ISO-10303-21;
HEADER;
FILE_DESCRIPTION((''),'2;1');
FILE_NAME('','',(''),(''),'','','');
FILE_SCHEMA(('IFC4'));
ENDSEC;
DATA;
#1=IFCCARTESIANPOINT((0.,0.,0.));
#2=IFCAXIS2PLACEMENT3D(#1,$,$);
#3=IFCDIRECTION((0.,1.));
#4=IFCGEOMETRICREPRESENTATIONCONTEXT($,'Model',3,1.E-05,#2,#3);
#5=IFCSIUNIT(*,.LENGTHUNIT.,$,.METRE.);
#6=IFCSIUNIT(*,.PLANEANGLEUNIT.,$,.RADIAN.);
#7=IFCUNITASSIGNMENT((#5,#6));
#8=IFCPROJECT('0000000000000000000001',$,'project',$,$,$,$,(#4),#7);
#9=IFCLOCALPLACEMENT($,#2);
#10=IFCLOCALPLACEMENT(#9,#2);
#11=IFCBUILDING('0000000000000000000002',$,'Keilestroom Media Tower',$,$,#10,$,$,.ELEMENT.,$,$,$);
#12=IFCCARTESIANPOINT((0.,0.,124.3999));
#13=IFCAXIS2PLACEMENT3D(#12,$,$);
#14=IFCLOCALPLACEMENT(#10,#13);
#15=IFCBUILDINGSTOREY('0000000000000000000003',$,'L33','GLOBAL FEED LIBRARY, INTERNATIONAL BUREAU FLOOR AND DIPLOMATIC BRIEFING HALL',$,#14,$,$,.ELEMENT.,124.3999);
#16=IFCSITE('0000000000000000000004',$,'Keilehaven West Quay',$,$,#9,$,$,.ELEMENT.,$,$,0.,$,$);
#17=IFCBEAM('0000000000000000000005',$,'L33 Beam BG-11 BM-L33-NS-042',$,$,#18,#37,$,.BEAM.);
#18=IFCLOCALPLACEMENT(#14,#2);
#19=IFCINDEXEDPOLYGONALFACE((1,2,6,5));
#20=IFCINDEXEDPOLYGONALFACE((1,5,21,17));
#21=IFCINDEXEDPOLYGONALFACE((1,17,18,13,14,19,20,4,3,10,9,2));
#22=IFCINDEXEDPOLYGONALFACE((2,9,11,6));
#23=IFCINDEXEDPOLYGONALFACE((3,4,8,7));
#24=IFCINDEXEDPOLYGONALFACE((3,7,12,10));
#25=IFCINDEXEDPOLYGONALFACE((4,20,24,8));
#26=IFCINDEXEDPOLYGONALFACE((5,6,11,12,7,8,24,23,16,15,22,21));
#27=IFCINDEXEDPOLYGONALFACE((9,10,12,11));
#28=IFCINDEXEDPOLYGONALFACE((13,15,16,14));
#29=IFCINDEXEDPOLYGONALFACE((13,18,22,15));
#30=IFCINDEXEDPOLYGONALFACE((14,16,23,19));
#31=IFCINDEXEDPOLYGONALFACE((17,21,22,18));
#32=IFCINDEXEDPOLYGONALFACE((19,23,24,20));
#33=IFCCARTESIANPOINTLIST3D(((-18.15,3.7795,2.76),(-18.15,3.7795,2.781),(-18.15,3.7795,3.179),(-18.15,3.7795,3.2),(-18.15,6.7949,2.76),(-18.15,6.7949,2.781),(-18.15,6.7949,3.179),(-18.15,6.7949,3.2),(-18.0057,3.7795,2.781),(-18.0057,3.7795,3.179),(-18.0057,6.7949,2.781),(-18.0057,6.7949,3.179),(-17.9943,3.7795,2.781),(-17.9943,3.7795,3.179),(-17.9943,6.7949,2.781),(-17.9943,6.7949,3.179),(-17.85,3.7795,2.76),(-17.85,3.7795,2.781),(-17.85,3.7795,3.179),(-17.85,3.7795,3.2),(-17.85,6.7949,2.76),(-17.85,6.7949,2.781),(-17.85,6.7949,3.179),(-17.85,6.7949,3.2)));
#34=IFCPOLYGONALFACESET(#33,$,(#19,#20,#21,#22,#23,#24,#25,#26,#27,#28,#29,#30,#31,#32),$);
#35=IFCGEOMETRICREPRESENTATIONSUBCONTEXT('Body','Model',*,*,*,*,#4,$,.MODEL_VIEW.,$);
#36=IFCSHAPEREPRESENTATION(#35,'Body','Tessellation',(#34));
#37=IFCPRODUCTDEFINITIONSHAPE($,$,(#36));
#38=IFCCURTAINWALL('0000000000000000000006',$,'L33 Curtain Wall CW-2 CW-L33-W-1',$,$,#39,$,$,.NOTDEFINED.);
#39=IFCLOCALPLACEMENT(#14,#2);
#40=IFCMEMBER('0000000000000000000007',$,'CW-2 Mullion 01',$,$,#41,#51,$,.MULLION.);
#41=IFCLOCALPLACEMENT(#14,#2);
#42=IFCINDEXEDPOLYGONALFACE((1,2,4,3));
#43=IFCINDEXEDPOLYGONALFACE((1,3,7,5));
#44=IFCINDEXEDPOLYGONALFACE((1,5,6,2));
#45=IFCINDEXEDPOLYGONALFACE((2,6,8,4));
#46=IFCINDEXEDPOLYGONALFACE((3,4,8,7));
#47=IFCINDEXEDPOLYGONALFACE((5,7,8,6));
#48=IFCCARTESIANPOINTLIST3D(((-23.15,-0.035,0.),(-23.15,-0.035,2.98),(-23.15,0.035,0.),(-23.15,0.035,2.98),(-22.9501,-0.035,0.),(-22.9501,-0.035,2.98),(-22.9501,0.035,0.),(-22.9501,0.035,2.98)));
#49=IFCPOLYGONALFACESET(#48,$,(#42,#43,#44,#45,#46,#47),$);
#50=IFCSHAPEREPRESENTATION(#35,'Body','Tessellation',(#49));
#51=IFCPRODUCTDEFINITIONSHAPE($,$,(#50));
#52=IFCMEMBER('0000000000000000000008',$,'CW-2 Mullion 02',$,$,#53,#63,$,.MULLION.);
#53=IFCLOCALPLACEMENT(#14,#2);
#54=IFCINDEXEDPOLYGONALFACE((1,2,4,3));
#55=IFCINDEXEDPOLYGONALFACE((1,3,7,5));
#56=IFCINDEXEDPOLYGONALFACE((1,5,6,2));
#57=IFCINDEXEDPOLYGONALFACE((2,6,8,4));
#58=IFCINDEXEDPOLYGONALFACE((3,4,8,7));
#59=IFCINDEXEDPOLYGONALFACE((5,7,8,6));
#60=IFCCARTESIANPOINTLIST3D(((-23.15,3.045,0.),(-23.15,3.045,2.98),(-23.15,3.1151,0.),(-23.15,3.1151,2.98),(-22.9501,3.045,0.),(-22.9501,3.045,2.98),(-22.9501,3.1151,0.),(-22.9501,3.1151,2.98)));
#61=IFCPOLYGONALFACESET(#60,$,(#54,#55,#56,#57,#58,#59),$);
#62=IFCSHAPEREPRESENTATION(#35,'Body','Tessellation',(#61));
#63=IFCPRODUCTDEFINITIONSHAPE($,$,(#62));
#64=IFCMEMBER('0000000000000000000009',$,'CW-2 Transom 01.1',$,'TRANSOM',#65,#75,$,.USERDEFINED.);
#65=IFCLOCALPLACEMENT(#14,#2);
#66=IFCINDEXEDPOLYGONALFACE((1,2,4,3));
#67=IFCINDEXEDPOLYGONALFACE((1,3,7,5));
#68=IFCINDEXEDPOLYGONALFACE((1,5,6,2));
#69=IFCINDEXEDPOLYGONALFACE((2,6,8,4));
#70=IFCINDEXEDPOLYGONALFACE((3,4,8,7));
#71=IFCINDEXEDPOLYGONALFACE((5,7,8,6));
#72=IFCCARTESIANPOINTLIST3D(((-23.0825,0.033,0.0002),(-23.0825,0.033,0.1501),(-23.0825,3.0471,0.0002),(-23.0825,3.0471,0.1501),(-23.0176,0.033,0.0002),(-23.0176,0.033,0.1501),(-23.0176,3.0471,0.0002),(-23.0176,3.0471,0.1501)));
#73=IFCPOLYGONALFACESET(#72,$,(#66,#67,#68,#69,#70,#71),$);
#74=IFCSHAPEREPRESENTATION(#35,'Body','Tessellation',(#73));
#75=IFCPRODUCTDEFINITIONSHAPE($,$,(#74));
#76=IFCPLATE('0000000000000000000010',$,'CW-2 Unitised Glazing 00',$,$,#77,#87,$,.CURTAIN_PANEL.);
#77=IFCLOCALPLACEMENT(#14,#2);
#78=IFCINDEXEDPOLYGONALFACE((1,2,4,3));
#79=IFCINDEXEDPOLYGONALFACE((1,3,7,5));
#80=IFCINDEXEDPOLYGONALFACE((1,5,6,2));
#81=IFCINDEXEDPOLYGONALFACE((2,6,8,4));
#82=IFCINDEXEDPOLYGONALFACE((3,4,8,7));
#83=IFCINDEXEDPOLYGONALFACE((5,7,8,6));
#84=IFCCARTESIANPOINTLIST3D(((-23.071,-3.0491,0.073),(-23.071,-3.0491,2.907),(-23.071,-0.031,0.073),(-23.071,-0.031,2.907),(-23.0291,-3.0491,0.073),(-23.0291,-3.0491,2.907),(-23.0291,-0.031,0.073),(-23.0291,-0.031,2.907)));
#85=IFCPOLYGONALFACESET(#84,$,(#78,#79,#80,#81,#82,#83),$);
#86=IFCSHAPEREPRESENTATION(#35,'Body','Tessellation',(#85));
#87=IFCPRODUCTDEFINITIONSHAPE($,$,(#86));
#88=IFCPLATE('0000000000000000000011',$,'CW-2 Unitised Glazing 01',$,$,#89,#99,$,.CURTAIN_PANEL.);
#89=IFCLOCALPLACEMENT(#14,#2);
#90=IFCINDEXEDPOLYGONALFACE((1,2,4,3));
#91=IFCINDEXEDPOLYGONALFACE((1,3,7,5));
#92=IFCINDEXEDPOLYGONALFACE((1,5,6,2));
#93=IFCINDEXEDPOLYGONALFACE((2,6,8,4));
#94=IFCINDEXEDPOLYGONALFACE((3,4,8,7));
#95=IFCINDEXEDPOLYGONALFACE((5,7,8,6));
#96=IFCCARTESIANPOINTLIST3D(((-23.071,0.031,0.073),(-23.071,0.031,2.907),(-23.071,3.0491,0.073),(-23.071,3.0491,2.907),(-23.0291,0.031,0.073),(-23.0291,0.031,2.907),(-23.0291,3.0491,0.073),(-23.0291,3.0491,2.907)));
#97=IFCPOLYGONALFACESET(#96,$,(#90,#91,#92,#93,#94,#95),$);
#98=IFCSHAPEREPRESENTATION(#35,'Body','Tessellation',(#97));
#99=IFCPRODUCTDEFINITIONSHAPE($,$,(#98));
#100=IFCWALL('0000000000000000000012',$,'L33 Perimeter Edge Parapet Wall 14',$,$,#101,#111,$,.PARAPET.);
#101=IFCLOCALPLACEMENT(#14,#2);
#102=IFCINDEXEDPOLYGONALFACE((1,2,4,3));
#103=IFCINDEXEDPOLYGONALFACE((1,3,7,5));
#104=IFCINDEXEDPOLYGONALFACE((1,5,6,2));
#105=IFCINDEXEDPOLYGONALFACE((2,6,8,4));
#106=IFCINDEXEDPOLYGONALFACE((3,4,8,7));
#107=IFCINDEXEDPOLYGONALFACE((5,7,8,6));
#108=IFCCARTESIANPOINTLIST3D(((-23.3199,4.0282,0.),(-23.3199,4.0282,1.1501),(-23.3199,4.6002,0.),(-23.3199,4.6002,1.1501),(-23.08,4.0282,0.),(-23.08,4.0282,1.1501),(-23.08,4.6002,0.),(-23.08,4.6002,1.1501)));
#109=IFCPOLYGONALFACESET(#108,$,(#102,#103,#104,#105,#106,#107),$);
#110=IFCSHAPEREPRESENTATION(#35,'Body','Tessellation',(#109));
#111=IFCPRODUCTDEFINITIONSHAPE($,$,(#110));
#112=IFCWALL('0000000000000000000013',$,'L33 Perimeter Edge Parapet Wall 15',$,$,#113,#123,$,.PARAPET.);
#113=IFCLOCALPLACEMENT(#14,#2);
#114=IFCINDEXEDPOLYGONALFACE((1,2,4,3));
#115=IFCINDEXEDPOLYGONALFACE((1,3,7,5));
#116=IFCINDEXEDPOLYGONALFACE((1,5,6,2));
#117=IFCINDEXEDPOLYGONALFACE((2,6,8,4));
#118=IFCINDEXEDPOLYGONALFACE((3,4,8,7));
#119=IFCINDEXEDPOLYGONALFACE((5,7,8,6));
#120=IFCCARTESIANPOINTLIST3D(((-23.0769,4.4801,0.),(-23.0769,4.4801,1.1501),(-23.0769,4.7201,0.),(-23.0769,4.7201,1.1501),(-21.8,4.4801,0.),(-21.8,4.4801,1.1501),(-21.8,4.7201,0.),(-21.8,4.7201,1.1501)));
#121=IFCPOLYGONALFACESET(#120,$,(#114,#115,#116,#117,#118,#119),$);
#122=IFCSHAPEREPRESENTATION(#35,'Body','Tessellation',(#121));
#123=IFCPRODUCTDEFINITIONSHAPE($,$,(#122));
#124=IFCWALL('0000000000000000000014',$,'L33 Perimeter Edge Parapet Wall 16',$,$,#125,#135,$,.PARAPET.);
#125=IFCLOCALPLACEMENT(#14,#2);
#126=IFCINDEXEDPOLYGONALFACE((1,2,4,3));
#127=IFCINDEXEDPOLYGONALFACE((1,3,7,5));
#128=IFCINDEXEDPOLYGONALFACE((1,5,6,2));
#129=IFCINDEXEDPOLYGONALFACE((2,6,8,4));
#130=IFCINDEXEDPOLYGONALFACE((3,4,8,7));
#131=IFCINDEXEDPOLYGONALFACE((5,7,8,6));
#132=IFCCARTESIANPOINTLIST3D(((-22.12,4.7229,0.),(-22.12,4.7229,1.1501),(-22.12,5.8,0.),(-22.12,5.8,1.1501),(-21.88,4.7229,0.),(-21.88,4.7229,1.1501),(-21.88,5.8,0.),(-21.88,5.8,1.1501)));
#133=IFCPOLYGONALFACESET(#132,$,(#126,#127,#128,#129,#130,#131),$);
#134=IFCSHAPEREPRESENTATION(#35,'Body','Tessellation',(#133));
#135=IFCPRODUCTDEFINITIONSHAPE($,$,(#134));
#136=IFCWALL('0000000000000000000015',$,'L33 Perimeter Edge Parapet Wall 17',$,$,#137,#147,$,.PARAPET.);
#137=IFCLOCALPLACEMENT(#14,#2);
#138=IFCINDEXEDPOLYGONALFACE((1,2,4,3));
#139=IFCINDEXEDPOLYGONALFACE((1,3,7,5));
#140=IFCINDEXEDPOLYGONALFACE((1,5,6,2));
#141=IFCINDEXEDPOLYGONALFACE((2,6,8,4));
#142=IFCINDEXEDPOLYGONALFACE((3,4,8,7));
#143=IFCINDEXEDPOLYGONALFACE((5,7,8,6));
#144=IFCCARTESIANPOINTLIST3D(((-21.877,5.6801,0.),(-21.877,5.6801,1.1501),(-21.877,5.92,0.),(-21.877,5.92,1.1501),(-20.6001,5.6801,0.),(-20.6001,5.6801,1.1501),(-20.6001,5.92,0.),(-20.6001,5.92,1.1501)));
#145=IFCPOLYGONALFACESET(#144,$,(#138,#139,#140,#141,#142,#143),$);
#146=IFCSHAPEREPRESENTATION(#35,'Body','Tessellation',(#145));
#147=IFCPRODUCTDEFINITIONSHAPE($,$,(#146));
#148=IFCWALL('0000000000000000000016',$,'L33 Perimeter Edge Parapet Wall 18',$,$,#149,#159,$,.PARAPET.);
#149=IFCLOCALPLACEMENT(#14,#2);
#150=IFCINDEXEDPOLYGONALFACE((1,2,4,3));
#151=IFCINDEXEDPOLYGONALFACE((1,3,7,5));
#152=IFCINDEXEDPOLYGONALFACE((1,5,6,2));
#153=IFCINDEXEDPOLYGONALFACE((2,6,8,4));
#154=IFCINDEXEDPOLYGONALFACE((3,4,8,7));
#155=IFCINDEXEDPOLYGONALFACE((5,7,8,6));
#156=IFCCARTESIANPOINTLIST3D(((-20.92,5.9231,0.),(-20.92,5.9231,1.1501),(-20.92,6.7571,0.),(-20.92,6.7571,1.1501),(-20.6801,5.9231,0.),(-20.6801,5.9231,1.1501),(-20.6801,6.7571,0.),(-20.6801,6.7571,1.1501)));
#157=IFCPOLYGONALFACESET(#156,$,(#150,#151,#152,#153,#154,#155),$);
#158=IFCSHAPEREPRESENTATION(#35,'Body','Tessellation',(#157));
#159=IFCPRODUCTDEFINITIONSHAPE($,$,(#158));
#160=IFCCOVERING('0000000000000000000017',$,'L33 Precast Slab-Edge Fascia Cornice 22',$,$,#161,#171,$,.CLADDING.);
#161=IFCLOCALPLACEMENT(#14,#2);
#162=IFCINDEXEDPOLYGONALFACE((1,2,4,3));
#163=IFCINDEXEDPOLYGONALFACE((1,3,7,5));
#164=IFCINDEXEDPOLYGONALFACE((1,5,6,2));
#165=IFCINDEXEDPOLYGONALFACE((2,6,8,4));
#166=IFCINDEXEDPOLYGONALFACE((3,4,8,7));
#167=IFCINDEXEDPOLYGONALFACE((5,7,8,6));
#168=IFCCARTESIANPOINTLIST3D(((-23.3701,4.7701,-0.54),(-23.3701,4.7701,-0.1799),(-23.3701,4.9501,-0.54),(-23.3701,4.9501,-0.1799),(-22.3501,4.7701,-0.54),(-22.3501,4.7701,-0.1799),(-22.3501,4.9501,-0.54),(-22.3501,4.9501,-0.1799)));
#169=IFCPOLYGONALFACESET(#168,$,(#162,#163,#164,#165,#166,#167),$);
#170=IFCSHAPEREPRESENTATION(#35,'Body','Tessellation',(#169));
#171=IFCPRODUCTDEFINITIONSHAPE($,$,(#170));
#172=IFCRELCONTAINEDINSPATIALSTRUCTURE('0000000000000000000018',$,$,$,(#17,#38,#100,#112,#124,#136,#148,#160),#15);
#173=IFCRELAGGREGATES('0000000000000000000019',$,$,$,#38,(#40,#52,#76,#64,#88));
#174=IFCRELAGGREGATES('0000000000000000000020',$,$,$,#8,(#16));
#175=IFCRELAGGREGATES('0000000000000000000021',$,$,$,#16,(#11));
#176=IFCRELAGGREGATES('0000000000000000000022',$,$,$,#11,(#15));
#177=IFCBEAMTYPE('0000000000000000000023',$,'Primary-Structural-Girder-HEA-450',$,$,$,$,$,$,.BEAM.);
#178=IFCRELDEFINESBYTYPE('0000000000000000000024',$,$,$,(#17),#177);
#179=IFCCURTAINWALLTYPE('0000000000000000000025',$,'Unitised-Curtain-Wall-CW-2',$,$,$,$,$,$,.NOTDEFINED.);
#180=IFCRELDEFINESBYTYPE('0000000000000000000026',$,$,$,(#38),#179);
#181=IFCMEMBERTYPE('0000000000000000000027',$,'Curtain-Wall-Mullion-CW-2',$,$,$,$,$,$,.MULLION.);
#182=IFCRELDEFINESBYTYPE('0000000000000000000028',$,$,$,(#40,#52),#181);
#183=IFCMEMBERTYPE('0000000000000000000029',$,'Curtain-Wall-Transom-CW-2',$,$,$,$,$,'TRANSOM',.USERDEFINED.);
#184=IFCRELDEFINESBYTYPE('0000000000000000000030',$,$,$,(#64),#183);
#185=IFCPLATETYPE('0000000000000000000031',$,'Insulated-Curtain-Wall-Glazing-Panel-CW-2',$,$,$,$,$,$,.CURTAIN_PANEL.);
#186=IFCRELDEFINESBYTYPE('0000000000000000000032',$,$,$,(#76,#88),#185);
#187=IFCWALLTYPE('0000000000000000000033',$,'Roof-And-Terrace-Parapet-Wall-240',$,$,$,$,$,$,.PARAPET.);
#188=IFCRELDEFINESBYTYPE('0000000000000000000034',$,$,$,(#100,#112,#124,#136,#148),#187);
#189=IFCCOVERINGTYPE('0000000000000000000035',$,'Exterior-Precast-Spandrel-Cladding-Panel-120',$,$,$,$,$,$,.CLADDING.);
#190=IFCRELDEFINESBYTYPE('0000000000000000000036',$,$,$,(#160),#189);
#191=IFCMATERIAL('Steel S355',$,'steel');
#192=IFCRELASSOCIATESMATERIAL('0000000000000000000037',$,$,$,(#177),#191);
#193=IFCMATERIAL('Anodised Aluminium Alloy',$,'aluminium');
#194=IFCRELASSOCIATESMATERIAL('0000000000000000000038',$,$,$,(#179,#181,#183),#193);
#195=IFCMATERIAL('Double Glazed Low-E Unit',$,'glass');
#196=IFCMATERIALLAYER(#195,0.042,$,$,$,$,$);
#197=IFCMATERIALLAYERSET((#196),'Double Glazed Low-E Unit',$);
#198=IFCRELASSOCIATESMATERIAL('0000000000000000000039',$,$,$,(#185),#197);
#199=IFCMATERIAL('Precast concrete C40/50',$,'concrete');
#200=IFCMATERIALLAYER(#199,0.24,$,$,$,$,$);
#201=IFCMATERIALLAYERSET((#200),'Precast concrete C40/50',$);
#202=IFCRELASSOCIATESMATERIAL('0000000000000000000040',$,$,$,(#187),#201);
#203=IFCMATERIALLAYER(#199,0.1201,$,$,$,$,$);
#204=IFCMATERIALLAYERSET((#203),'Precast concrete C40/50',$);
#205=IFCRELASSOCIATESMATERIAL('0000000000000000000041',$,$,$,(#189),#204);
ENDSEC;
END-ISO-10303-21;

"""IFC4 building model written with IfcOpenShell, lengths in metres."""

from ifc_helpers import new_model, si_unit, direction, frame, frame_2d, origin, origin_2d, place, context, subcontext, project, spatial, rectangle, i_section, extrude, source, transform, mapped, material, layer, layer_set, material_profile, profile_set, type_object, element, aggregate, save


model = new_model("IFC4")

# Units and contexts
model_context = context("Model", 3, precision=1e-05, world=origin(), true_north=direction((0.0, 1.0)))
body_context = subcontext(model_context, "Body", "Model", "MODEL_VIEW")
ifc_project = project(units=[si_unit("LENGTHUNIT", "METRE"), si_unit("PLANEANGLEUNIT", "RADIAN")], contexts=[model_context])

# Site, building, storey
site_placement = place(None, origin())
site = spatial("IfcSite", under=ifc_project, at=site_placement, Name="Keilehaven West Quay", CompositionType="ELEMENT", RefElevation=0.0)
building_placement = place(site_placement, origin())
building = spatial("IfcBuilding", under=site, at=building_placement, Name="Keilestroom Media Tower", CompositionType="ELEMENT")
storey_placement = place(building_placement, frame((0.0, 0.0, 124.3999)))
storey = spatial("IfcBuildingStorey", under=building, at=storey_placement, Name="L33", Description="GLOBAL FEED LIBRARY, INTERNATIONAL BUREAU FLOOR AND DIPLOMATIC BRIEFING HALL", CompositionType="ELEMENT", Elevation=124.3999)

# Shared definitions
ifc_material_1 = material(Name="Precast concrete C40/50", Category="concrete")
ifc_material_2 = material(Name="Steel S355", Category="steel")

# Beam
ifc_material_profile_1 = material_profile(ifc_material_2, i_section(OverallWidth=0.3, OverallDepth=0.4399, WebThickness=0.0115, FlangeThickness=0.021, at=origin_2d()), Name="HEA 450")
ifc_profile_set_1 = profile_set([ifc_material_profile_1], Name="Steel S355")
beam_type_1 = type_object("IfcBeamType", Name="Primary-Structural-Girder-HEA-450", PredefinedType="BEAM", material=ifc_profile_set_1)
shared_shape_1 = source(origin(), body_context, "Body", "SweptSolid", [
    extrude(i_section(OverallWidth=0.3, OverallDepth=0.4399, WebThickness=0.0115, FlangeThickness=0.021, at=origin_2d()), origin(), (0.0, 0.0, 1.0), 3.0154),
])
beam_1_placement = place(storey_placement, frame((-18.0, 3.7795, 2.98), z_axis=(0.0, 1.0, 0.0), x_axis=(-1.0, 0.0, 0.0)))
element("IfcBeam", 1, at=beam_1_placement, inside=storey, type_object=beam_type_1, Name="L33 Beam BG-11 BM-L33-NS-042", PredefinedType="BEAM", context=body_context, shape_type="MappedRepresentation", body=[
    mapped(shared_shape_1, transform((0.0, 0.0, 0.0), x_axis=(1.0, 0.0, 0.0), y_axis=(0.0, 1.0, 0.0), z_axis=(0.0, 0.0, 1.0), scale=1.0)),
])

# Curtain wall, members, plates
ifc_material_3 = material(Name="Anodised Aluminium Alloy", Category="aluminium")
curtain_wall_type = type_object("IfcCurtainWallType", Name="Unitised-Curtain-Wall-CW-2", PredefinedType="NOTDEFINED", material=ifc_material_3)
curtain_wall_placement = place(storey_placement, origin())
curtain_wall = element("IfcCurtainWall", 2, at=curtain_wall_placement, inside=storey, type_object=curtain_wall_type, Name="L33 Curtain Wall CW-2 CW-L33-W-1", PredefinedType="NOTDEFINED")
ifc_material_profile_2 = material_profile(ifc_material_3, rectangle(XDim=0.0701, YDim=0.2, at=origin_2d()), Name="ALU MULLION 70x200")
ifc_profile_set_2 = profile_set([ifc_material_profile_2], Name="Anodised Aluminium Alloy")
member_type_1 = type_object("IfcMemberType", Name="Curtain-Wall-Mullion-CW-2", PredefinedType="MULLION", material=ifc_profile_set_2)
shared_shape_2 = source(origin(), body_context, "Body", "SweptSolid", [
    extrude(rectangle(XDim=0.0701, YDim=0.2, at=origin_2d()), origin(), (0.0, 0.0, 1.0), 2.98),
])
member_1_placement = place(storey_placement, frame((-23.05, 0.0, 0.0), z_axis=(0.0, 0.0, 1.0), x_axis=(0.0, 1.0, 0.0)))
member_1 = element("IfcMember", 3, at=member_1_placement, type_object=member_type_1, Name="CW-2 Mullion 01", PredefinedType="MULLION", context=body_context, shape_type="MappedRepresentation", body=[
    mapped(shared_shape_2, transform((0.0, 0.0, 0.0), x_axis=(1.0, 0.0, 0.0), y_axis=(0.0, 1.0, 0.0), z_axis=(0.0, 0.0, 1.0), scale=1.0)),
])
member_2_placement = place(storey_placement, frame((-23.05, 3.0801, 0.0), z_axis=(0.0, 0.0, 1.0), x_axis=(0.0, 1.0, 0.0)))
member_2 = element("IfcMember", 4, at=member_2_placement, type_object=member_type_1, Name="CW-2 Mullion 02", PredefinedType="MULLION", context=body_context, shape_type="MappedRepresentation", body=[
    mapped(shared_shape_2, transform((0.0, 0.0, 0.0), x_axis=(1.0, 0.0, 0.0), y_axis=(0.0, 1.0, 0.0), z_axis=(0.0, 0.0, 1.0), scale=1.0)),
])
ifc_material_profile_3 = material_profile(ifc_material_3, rectangle(XDim=0.0649, YDim=0.1499, at=origin_2d()), Name="ALU TRANSOM 65x150")
ifc_profile_set_3 = profile_set([ifc_material_profile_3], Name="Anodised Aluminium Alloy")
member_type_2 = type_object("IfcMemberType", Name="Curtain-Wall-Transom-CW-2", ElementType="TRANSOM", PredefinedType="USERDEFINED", material=ifc_profile_set_3)
shared_shape_3 = source(origin(), body_context, "Body", "SweptSolid", [
    extrude(rectangle(XDim=0.0649, YDim=0.1499, at=origin_2d()), origin(), (0.0, 0.0, 1.0), 3.0142),
])
member_3_placement = place(storey_placement, frame((-23.05, 0.033, 0.0752), z_axis=(0.0, 1.0, 0.0), x_axis=(-1.0, 0.0, 0.0)))
member_3 = element("IfcMember", 5, at=member_3_placement, type_object=member_type_2, Name="CW-2 Transom 01.1", ObjectType="TRANSOM", PredefinedType="USERDEFINED", context=body_context, shape_type="MappedRepresentation", body=[
    mapped(shared_shape_3, transform((0.0, 0.0, 0.0), x_axis=(1.0, 0.0, 0.0), y_axis=(0.0, 1.0, 0.0), z_axis=(0.0, 0.0, 1.0), scale=1.0)),
])
ifc_material_4 = material(Name="Double Glazed Low-E Unit", Category="glass")
ifc_layer_1 = layer(ifc_material_4, 0.042)
ifc_layer_set_1 = layer_set([ifc_layer_1], Name="Double Glazed Low-E Unit")
plate_type = type_object("IfcPlateType", Name="Insulated-Curtain-Wall-Glazing-Panel-CW-2", PredefinedType="CURTAIN_PANEL", material=ifc_layer_set_1)
shared_shape_4 = source(origin(), body_context, "Body", "SweptSolid", [
    extrude(rectangle(XDim=3.0181, YDim=0.042, at=origin_2d()), origin(), (0.0, 0.0, 1.0), 2.834),
])
plate_1_placement = place(storey_placement, frame((-23.05, -1.54, 0.073), z_axis=(0.0, 0.0, 1.0), x_axis=(0.0, 1.0, 0.0)))
plate_1 = element("IfcPlate", 6, at=plate_1_placement, type_object=plate_type, Name="CW-2 Unitised Glazing 00", PredefinedType="CURTAIN_PANEL", context=body_context, shape_type="MappedRepresentation", body=[
    mapped(shared_shape_4, transform((0.0, 0.0, 0.0), x_axis=(1.0, 0.0, 0.0), y_axis=(0.0, 1.0, 0.0), z_axis=(0.0, 0.0, 1.0), scale=1.0)),
])
plate_2_placement = place(storey_placement, frame((-23.05, 1.54, 0.073), z_axis=(0.0, 0.0, 1.0), x_axis=(0.0, 1.0, 0.0)))
plate_2 = element("IfcPlate", 7, at=plate_2_placement, type_object=plate_type, Name="CW-2 Unitised Glazing 01", PredefinedType="CURTAIN_PANEL", context=body_context, shape_type="MappedRepresentation", body=[
    mapped(shared_shape_4, transform((0.0, 0.0, 0.0), x_axis=(1.0, 0.0, 0.0), y_axis=(0.0, 1.0, 0.0), z_axis=(0.0, 0.0, 1.0), scale=1.0)),
])
aggregate(curtain_wall, [member_1, member_2, plate_1, member_3, plate_2])

# Walls
ifc_layer_2 = layer(ifc_material_1, 0.24)
ifc_layer_set_2 = layer_set([ifc_layer_2], Name="Precast concrete C40/50")
wall_type = type_object("IfcWallType", Name="Roof-And-Terrace-Parapet-Wall-240", PredefinedType="PARAPET", material=ifc_layer_set_2)
wall_1_placement = place(storey_placement, frame((-23.2, 4.0281, 0.0), z_axis=(0.0, 0.0, 1.0), x_axis=(0.0, 1.0, 0.0)))
element("IfcWall", 8, at=wall_1_placement, inside=storey, type_object=wall_type, Name="L33 Perimeter Edge Parapet Wall 14", PredefinedType="PARAPET", context=body_context, shape_type="SweptSolid", body=[
    extrude(rectangle(XDim=0.572, YDim=0.24, at=frame_2d((0.2861, 0.0))), origin(), (0.0, 0.0, 1.0), 1.1501),
])
wall_2_placement = place(storey_placement, frame((-23.0769, 4.6001, 0.0), z_axis=(0.0, 0.0, 1.0), x_axis=(1.0, 0.0, 0.0)))
element("IfcWall", 9, at=wall_2_placement, inside=storey, type_object=wall_type, Name="L33 Perimeter Edge Parapet Wall 15", PredefinedType="PARAPET", context=body_context, shape_type="SweptSolid", body=[
    extrude(rectangle(XDim=1.2769, YDim=0.24, at=frame_2d((0.6384, 0.0))), origin(), (0.0, 0.0, 1.0), 1.1501),
])
wall_3_placement = place(storey_placement, frame((-22.0, 4.7229, 0.0), z_axis=(0.0, 0.0, 1.0), x_axis=(0.0, 1.0, 0.0)))
element("IfcWall", 10, at=wall_3_placement, inside=storey, type_object=wall_type, Name="L33 Perimeter Edge Parapet Wall 16", PredefinedType="PARAPET", context=body_context, shape_type="SweptSolid", body=[
    extrude(rectangle(XDim=1.0771, YDim=0.24, at=frame_2d((0.5386, 0.0))), origin(), (0.0, 0.0, 1.0), 1.1501),
])
wall_4_placement = place(storey_placement, frame((-21.877, 5.8, 0.0), z_axis=(0.0, 0.0, 1.0), x_axis=(1.0, 0.0, 0.0)))
element("IfcWall", 11, at=wall_4_placement, inside=storey, type_object=wall_type, Name="L33 Perimeter Edge Parapet Wall 17", PredefinedType="PARAPET", context=body_context, shape_type="SweptSolid", body=[
    extrude(rectangle(XDim=1.2769, YDim=0.24, at=frame_2d((0.6384, 0.0))), origin(), (0.0, 0.0, 1.0), 1.1501),
])
wall_5_placement = place(storey_placement, frame((-20.8, 5.9231, 0.0), z_axis=(0.0, 0.0, 1.0), x_axis=(0.0, 1.0, 0.0)))
element("IfcWall", 12, at=wall_5_placement, inside=storey, type_object=wall_type, Name="L33 Perimeter Edge Parapet Wall 18", PredefinedType="PARAPET", context=body_context, shape_type="SweptSolid", body=[
    extrude(rectangle(XDim=0.834, YDim=0.24, at=frame_2d((0.417, 0.0))), origin(), (0.0, 0.0, 1.0), 1.1501),
])

# Covering
ifc_layer_3 = layer(ifc_material_1, 0.1201)
ifc_layer_set_3 = layer_set([ifc_layer_3], Name="Precast concrete C40/50")
covering_type = type_object("IfcCoveringType", Name="Exterior-Precast-Spandrel-Cladding-Panel-120", PredefinedType="CLADDING", material=ifc_layer_set_3)
shared_shape_5 = source(origin(), body_context, "Body", "SweptSolid", [
    extrude(rectangle(XDim=1.02, YDim=0.1799, at=origin_2d()), origin(), (0.0, 0.0, 1.0), 0.3601),
])
for number, where, z_axis, x_axis, name in (
    (13, (-22.8601, 4.8601, -0.54), (0.0, 0.0, 1.0), (1.0, 0.0, 0.0), "L33 Precast Slab-Edge Fascia Cornice 22"),
):
    element("IfcCovering", number, at=place(storey_placement, frame(where, z_axis=z_axis, x_axis=x_axis)), inside=storey, type_object=covering_type, Name=name, PredefinedType="CLADDING", context=body_context, shape_type="MappedRepresentation", body=[
        mapped(shared_shape_5, transform((0.0, 0.0, 0.0), x_axis=(1.0, 0.0, 0.0), y_axis=(0.0, 1.0, 0.0), z_axis=(0.0, 0.0, 1.0), scale=1.0)),
    ])

save(model, "model.ifc")
